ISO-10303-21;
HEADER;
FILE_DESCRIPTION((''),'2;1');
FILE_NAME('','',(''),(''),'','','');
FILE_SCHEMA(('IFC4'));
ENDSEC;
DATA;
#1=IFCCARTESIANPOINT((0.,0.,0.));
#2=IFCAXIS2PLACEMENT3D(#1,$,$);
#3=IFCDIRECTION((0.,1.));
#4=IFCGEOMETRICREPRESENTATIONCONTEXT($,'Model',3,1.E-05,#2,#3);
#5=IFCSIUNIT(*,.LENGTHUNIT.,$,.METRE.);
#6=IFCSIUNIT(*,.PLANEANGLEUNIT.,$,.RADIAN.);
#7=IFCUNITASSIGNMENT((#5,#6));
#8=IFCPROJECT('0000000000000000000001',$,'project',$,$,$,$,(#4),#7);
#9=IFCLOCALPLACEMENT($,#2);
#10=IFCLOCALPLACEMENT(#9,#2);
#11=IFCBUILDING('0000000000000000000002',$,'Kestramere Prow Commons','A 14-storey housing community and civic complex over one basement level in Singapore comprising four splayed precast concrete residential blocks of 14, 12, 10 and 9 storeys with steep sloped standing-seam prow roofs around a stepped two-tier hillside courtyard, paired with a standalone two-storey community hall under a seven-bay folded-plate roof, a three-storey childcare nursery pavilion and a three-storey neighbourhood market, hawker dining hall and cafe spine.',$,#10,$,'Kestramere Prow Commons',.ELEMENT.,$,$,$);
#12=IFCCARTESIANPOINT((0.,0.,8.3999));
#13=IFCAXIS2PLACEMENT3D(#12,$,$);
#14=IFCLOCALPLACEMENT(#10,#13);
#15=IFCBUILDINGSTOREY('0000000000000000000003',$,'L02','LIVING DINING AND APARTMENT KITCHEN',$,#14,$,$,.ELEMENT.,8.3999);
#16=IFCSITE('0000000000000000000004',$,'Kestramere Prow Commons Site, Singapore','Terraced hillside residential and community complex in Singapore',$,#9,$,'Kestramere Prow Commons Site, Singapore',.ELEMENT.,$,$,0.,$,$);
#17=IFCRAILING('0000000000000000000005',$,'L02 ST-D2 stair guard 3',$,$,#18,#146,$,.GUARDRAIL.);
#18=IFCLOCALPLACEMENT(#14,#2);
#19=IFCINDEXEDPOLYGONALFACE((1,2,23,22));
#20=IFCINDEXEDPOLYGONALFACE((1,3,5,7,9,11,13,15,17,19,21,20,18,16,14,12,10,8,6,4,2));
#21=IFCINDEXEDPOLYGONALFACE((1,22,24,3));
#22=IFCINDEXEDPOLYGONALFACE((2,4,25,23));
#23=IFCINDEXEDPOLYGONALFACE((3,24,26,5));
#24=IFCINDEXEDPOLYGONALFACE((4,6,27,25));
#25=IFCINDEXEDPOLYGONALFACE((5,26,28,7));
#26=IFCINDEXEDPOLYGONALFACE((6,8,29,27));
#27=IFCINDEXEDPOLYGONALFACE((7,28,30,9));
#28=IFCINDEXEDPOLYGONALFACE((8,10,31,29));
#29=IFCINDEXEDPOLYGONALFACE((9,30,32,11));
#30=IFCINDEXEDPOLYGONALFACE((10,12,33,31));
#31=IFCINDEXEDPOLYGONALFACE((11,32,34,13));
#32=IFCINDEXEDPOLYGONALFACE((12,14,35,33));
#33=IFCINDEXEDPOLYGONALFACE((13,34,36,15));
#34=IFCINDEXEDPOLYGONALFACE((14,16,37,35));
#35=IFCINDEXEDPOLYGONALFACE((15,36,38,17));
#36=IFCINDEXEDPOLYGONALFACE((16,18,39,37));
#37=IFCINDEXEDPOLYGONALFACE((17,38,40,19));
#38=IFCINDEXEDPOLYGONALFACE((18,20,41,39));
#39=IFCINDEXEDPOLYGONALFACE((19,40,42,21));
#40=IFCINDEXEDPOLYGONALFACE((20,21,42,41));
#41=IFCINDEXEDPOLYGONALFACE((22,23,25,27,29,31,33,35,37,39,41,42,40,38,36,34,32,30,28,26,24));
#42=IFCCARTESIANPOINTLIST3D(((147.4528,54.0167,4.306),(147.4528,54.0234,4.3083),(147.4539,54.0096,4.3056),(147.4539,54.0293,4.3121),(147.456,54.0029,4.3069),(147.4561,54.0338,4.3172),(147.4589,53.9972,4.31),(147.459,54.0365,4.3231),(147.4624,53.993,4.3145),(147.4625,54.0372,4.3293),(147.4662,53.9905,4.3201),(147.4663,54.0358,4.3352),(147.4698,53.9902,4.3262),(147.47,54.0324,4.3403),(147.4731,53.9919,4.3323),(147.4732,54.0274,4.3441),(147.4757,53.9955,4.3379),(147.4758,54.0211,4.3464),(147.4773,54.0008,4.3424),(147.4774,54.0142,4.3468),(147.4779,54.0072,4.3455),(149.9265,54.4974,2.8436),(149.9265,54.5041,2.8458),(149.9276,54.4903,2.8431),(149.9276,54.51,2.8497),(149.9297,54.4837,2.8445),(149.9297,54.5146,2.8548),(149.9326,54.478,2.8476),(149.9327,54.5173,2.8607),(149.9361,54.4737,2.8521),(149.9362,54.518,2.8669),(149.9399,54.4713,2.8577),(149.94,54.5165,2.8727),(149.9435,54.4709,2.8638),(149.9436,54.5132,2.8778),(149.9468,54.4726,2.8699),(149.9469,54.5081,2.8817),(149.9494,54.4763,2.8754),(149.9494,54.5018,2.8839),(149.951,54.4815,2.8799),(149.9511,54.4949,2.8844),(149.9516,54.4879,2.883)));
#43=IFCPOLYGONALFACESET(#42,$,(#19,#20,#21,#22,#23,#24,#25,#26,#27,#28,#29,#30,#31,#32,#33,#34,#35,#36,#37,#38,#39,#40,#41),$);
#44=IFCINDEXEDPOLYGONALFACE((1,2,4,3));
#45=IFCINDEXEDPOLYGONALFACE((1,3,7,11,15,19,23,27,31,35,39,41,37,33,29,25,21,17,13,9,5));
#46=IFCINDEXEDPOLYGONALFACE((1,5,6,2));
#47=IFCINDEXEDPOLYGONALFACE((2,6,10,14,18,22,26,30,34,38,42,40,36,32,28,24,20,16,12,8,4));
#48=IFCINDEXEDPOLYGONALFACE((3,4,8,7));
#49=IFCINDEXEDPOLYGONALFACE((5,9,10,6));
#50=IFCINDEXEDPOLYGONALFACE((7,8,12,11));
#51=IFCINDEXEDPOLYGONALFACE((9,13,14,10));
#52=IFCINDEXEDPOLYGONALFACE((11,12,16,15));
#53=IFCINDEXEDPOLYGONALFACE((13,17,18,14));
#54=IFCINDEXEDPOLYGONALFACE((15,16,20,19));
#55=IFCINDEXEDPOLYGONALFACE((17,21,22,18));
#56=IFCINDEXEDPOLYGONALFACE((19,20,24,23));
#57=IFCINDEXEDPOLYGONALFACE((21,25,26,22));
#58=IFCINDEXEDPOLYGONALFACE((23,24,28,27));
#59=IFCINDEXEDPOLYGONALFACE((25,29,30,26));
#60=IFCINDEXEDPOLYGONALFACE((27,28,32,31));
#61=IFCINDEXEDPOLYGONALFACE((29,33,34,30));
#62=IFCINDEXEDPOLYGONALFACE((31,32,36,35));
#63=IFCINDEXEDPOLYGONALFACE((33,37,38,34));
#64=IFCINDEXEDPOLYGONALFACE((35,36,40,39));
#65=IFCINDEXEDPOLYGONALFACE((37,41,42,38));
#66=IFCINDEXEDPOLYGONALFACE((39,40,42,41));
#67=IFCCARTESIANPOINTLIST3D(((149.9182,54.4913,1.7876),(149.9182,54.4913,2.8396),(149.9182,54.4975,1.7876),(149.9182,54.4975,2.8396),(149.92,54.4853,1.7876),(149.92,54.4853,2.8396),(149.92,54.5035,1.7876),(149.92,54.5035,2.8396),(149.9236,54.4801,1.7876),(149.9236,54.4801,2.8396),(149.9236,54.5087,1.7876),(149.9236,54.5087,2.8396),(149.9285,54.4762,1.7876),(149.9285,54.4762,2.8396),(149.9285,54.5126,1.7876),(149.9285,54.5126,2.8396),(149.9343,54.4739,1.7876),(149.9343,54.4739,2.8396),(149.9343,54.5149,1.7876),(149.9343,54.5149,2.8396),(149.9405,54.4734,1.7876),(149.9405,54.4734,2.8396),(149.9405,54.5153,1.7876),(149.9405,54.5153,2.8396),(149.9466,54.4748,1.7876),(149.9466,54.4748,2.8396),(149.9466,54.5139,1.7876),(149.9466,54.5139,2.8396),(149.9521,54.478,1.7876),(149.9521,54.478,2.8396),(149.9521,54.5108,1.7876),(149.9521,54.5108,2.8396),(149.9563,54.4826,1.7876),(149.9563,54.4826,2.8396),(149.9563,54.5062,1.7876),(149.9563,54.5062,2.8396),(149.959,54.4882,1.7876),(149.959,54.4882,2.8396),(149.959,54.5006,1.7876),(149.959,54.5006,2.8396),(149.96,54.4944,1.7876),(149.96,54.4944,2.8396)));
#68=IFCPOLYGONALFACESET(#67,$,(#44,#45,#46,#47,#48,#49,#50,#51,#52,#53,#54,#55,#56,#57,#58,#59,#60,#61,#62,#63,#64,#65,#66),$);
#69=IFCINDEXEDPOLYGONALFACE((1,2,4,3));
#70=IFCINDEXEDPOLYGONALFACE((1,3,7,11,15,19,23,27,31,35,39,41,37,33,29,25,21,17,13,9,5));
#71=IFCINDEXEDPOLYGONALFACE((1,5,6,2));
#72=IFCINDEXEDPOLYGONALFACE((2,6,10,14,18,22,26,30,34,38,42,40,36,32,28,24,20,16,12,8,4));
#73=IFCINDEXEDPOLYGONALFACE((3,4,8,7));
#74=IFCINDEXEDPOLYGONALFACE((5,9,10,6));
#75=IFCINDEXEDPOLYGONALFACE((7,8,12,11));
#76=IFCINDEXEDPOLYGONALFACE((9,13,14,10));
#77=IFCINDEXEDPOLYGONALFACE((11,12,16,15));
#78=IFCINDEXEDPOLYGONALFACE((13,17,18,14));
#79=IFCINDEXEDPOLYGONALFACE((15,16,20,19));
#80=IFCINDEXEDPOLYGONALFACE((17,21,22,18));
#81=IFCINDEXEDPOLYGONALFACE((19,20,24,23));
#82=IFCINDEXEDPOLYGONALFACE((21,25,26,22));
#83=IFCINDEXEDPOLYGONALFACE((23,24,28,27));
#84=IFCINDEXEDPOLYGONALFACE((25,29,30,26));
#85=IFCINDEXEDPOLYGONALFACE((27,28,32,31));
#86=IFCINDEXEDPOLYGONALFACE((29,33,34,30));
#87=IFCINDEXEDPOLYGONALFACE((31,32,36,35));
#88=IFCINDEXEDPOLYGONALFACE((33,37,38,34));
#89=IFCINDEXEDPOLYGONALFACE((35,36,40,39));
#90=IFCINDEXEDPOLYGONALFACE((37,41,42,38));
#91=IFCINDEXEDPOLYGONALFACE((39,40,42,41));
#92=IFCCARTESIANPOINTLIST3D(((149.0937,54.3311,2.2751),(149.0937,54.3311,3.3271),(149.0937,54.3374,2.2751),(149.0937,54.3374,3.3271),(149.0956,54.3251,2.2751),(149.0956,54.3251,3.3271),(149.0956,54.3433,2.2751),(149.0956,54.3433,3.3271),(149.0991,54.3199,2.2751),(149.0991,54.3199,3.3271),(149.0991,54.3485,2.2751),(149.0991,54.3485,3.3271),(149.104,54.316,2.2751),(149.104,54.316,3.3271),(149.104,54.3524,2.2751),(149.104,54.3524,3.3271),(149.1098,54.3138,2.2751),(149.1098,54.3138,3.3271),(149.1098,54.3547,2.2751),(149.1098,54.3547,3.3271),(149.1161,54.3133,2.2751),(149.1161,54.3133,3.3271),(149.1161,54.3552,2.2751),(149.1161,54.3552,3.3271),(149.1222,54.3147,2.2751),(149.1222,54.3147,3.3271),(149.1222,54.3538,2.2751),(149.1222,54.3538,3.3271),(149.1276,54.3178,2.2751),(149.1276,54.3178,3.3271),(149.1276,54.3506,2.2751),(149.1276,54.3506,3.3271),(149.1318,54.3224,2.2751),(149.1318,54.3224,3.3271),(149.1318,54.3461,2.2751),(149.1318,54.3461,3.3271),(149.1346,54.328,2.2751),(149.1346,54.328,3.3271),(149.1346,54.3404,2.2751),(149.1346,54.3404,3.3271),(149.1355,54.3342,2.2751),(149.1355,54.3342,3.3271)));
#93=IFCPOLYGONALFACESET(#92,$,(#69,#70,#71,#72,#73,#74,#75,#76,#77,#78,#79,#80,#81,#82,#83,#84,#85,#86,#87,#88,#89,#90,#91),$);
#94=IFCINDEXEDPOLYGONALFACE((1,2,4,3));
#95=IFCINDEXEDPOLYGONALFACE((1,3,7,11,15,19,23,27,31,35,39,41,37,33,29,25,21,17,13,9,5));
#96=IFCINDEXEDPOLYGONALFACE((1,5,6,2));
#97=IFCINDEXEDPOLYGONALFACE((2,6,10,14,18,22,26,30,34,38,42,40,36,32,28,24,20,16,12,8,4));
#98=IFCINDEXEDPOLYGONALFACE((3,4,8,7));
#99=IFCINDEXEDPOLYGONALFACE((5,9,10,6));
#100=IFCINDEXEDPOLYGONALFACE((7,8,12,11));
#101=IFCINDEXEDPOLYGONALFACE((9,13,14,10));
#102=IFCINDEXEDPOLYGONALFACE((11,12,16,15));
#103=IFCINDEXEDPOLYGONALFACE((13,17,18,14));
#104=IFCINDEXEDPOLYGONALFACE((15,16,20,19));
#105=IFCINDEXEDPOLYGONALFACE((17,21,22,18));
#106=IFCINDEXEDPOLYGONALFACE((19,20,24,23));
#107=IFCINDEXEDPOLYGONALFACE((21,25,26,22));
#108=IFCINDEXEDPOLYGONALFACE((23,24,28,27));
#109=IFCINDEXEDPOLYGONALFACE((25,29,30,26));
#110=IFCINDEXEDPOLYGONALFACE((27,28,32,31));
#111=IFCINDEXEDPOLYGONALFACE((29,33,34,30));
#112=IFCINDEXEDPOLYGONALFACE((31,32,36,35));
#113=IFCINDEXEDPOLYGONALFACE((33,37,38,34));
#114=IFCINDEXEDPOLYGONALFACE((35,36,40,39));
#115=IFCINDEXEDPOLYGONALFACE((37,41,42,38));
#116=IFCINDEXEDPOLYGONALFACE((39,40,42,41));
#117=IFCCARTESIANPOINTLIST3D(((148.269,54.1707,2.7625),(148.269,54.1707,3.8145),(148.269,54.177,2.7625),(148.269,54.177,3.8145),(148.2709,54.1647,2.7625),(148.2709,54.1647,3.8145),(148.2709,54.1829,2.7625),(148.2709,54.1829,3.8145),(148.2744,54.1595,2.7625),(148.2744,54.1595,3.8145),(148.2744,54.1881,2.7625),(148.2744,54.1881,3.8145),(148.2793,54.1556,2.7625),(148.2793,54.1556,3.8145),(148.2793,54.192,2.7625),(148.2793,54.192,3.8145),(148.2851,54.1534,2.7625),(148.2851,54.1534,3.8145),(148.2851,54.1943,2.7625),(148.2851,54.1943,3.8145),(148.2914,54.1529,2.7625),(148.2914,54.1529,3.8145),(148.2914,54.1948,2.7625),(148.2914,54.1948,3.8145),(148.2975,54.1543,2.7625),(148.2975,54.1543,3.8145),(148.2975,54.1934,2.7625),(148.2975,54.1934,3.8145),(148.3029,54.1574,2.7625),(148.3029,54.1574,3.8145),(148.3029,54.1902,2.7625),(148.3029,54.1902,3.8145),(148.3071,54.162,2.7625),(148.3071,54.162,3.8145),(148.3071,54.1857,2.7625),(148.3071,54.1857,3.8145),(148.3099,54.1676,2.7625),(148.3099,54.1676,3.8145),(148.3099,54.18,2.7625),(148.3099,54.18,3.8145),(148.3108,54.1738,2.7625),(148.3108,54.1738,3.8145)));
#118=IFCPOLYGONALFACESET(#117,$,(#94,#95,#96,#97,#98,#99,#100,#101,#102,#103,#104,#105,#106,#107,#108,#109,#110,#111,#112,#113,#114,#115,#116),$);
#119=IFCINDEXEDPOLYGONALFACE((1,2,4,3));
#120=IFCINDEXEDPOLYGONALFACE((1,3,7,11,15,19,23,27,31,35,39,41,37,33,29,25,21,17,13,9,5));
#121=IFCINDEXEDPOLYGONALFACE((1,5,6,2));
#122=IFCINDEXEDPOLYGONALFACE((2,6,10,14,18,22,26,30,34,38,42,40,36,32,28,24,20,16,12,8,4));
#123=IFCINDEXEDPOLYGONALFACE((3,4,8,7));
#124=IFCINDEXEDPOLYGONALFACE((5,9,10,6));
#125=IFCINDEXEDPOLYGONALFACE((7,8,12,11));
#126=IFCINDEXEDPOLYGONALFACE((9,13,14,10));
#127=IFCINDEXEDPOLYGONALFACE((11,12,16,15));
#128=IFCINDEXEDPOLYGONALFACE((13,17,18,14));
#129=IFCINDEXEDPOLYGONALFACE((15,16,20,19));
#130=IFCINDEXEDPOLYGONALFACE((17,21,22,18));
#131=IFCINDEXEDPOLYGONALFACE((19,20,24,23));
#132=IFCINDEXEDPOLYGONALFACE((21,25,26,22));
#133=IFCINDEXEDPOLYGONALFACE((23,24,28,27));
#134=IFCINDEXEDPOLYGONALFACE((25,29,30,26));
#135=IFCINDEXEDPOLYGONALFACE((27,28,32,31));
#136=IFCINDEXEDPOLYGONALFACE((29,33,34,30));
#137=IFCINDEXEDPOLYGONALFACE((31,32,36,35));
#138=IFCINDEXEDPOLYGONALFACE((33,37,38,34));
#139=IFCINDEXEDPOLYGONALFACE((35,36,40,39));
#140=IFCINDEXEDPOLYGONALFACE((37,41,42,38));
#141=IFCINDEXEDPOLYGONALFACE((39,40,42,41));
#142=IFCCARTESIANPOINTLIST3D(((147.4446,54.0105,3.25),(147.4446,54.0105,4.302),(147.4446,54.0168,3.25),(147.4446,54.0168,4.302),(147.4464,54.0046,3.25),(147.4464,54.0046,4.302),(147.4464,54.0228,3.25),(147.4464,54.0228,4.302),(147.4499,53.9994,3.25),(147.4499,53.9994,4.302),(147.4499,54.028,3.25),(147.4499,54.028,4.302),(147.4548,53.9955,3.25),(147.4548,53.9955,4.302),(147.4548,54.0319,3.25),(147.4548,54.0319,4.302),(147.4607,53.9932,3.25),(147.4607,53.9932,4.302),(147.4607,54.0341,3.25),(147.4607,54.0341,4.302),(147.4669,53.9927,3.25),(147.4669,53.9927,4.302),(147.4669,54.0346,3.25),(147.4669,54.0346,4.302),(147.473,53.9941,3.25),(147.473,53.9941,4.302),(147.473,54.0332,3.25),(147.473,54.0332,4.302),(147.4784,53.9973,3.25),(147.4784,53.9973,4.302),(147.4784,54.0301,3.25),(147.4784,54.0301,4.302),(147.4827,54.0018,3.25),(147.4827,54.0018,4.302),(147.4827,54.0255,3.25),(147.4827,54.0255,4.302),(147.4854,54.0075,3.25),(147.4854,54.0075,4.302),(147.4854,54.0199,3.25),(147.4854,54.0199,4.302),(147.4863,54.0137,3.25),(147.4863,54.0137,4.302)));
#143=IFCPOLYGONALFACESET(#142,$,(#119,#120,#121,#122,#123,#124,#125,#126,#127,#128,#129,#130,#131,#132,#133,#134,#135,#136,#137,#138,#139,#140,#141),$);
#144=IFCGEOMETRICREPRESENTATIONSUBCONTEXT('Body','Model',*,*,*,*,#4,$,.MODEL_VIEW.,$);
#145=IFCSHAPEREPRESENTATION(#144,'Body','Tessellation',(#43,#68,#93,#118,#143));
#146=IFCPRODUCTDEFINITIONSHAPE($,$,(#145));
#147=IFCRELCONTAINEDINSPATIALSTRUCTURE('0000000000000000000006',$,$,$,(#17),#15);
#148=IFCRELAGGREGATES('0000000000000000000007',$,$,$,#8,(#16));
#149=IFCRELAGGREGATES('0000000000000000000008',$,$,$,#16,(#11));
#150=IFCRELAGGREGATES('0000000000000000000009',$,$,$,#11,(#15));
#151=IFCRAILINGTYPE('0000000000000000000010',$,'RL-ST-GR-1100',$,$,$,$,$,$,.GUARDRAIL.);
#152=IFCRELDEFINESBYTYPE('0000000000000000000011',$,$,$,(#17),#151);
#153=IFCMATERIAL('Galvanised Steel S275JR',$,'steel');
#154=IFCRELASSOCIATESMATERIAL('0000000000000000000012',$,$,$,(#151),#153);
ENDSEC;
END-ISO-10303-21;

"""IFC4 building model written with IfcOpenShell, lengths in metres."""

from ifc_helpers import new_model, si_unit, direction, frame, origin, origin_2d, place, context, subcontext, project, spatial, circle, extrude, material, type_object, element, save


model = new_model("IFC4")

# Units and contexts
model_context = context("Model", 3, precision=1e-05, world=origin(), true_north=direction((0.0, 1.0)))
body_context = subcontext(model_context, "Body", "Model", "MODEL_VIEW")
ifc_project = project(units=[si_unit("LENGTHUNIT", "METRE"), si_unit("PLANEANGLEUNIT", "RADIAN")], contexts=[model_context])

# Site, building, storey
site_placement = place(None, origin())
site = spatial("IfcSite", under=ifc_project, at=site_placement, Name="Kestramere Prow Commons Site, Singapore", Description="Terraced hillside residential and community complex in Singapore", LongName="Kestramere Prow Commons Site, Singapore", CompositionType="ELEMENT", RefElevation=0.0)
building_placement = place(site_placement, origin())
building = spatial("IfcBuilding", under=site, at=building_placement, Name="Kestramere Prow Commons", Description="A 14-storey housing community and civic complex over one basement level in Singapore comprising four splayed precast concrete residential blocks of 14, 12, 10 and 9 storeys with steep sloped standing-seam prow roofs around a stepped two-tier hillside courtyard, paired with a standalone two-storey community hall under a seven-bay folded-plate roof, a three-storey childcare nursery pavilion and a three-storey neighbourhood market, hawker dining hall and cafe spine.", LongName="Kestramere Prow Commons", CompositionType="ELEMENT")
storey_placement = place(building_placement, frame((0.0, 0.0, 8.3999)))
storey = spatial("IfcBuildingStorey", under=building, at=storey_placement, Name="L02", Description="LIVING DINING AND APARTMENT KITCHEN", CompositionType="ELEMENT", Elevation=8.3999)

# Railing
ifc_material_1 = material(Name="Galvanised Steel S275JR", Category="steel")
railing_type_1 = type_object("IfcRailingType", Name="RL-ST-GR-1100", PredefinedType="GUARDRAIL", material=ifc_material_1)
railing_1_placement = place(storey_placement, frame((149.939, 54.4944, 1.7876)))
element("IfcRailing", 1, at=railing_1_placement, inside=storey, type_object=railing_type_1, Name="L02 ST-D2 stair guard 3", PredefinedType="GUARDRAIL", context=body_context, shape_type="SweptSolid", body=[
    extrude(circle(Radius=0.0239, at=origin_2d()), frame((0.0, 0.0, 1.0762), z_axis=(-0.84902, -0.164994, 0.501938), x_axis=(0.190766, -0.981636, 0.0)), (0.0, 0.0, 1.0), 2.9136),
    extrude(circle(Radius=0.021, at=origin_2d()), origin(), (0.0, 0.0, 1.0), 1.052),
    extrude(circle(Radius=0.021, at=origin_2d()), frame((-0.8245, -0.1602, 0.4875)), (0.0, 0.0, 1.0), 1.052),
    extrude(circle(Radius=0.021, at=origin_2d()), frame((-1.6492, -0.3206, 0.9749)), (0.0, 0.0, 1.0), 1.052),
    extrude(circle(Radius=0.021, at=origin_2d()), frame((-2.4736, -0.4807, 1.4624)), (0.0, 0.0, 1.0), 1.052),
])

save(model, "model.ifc")
